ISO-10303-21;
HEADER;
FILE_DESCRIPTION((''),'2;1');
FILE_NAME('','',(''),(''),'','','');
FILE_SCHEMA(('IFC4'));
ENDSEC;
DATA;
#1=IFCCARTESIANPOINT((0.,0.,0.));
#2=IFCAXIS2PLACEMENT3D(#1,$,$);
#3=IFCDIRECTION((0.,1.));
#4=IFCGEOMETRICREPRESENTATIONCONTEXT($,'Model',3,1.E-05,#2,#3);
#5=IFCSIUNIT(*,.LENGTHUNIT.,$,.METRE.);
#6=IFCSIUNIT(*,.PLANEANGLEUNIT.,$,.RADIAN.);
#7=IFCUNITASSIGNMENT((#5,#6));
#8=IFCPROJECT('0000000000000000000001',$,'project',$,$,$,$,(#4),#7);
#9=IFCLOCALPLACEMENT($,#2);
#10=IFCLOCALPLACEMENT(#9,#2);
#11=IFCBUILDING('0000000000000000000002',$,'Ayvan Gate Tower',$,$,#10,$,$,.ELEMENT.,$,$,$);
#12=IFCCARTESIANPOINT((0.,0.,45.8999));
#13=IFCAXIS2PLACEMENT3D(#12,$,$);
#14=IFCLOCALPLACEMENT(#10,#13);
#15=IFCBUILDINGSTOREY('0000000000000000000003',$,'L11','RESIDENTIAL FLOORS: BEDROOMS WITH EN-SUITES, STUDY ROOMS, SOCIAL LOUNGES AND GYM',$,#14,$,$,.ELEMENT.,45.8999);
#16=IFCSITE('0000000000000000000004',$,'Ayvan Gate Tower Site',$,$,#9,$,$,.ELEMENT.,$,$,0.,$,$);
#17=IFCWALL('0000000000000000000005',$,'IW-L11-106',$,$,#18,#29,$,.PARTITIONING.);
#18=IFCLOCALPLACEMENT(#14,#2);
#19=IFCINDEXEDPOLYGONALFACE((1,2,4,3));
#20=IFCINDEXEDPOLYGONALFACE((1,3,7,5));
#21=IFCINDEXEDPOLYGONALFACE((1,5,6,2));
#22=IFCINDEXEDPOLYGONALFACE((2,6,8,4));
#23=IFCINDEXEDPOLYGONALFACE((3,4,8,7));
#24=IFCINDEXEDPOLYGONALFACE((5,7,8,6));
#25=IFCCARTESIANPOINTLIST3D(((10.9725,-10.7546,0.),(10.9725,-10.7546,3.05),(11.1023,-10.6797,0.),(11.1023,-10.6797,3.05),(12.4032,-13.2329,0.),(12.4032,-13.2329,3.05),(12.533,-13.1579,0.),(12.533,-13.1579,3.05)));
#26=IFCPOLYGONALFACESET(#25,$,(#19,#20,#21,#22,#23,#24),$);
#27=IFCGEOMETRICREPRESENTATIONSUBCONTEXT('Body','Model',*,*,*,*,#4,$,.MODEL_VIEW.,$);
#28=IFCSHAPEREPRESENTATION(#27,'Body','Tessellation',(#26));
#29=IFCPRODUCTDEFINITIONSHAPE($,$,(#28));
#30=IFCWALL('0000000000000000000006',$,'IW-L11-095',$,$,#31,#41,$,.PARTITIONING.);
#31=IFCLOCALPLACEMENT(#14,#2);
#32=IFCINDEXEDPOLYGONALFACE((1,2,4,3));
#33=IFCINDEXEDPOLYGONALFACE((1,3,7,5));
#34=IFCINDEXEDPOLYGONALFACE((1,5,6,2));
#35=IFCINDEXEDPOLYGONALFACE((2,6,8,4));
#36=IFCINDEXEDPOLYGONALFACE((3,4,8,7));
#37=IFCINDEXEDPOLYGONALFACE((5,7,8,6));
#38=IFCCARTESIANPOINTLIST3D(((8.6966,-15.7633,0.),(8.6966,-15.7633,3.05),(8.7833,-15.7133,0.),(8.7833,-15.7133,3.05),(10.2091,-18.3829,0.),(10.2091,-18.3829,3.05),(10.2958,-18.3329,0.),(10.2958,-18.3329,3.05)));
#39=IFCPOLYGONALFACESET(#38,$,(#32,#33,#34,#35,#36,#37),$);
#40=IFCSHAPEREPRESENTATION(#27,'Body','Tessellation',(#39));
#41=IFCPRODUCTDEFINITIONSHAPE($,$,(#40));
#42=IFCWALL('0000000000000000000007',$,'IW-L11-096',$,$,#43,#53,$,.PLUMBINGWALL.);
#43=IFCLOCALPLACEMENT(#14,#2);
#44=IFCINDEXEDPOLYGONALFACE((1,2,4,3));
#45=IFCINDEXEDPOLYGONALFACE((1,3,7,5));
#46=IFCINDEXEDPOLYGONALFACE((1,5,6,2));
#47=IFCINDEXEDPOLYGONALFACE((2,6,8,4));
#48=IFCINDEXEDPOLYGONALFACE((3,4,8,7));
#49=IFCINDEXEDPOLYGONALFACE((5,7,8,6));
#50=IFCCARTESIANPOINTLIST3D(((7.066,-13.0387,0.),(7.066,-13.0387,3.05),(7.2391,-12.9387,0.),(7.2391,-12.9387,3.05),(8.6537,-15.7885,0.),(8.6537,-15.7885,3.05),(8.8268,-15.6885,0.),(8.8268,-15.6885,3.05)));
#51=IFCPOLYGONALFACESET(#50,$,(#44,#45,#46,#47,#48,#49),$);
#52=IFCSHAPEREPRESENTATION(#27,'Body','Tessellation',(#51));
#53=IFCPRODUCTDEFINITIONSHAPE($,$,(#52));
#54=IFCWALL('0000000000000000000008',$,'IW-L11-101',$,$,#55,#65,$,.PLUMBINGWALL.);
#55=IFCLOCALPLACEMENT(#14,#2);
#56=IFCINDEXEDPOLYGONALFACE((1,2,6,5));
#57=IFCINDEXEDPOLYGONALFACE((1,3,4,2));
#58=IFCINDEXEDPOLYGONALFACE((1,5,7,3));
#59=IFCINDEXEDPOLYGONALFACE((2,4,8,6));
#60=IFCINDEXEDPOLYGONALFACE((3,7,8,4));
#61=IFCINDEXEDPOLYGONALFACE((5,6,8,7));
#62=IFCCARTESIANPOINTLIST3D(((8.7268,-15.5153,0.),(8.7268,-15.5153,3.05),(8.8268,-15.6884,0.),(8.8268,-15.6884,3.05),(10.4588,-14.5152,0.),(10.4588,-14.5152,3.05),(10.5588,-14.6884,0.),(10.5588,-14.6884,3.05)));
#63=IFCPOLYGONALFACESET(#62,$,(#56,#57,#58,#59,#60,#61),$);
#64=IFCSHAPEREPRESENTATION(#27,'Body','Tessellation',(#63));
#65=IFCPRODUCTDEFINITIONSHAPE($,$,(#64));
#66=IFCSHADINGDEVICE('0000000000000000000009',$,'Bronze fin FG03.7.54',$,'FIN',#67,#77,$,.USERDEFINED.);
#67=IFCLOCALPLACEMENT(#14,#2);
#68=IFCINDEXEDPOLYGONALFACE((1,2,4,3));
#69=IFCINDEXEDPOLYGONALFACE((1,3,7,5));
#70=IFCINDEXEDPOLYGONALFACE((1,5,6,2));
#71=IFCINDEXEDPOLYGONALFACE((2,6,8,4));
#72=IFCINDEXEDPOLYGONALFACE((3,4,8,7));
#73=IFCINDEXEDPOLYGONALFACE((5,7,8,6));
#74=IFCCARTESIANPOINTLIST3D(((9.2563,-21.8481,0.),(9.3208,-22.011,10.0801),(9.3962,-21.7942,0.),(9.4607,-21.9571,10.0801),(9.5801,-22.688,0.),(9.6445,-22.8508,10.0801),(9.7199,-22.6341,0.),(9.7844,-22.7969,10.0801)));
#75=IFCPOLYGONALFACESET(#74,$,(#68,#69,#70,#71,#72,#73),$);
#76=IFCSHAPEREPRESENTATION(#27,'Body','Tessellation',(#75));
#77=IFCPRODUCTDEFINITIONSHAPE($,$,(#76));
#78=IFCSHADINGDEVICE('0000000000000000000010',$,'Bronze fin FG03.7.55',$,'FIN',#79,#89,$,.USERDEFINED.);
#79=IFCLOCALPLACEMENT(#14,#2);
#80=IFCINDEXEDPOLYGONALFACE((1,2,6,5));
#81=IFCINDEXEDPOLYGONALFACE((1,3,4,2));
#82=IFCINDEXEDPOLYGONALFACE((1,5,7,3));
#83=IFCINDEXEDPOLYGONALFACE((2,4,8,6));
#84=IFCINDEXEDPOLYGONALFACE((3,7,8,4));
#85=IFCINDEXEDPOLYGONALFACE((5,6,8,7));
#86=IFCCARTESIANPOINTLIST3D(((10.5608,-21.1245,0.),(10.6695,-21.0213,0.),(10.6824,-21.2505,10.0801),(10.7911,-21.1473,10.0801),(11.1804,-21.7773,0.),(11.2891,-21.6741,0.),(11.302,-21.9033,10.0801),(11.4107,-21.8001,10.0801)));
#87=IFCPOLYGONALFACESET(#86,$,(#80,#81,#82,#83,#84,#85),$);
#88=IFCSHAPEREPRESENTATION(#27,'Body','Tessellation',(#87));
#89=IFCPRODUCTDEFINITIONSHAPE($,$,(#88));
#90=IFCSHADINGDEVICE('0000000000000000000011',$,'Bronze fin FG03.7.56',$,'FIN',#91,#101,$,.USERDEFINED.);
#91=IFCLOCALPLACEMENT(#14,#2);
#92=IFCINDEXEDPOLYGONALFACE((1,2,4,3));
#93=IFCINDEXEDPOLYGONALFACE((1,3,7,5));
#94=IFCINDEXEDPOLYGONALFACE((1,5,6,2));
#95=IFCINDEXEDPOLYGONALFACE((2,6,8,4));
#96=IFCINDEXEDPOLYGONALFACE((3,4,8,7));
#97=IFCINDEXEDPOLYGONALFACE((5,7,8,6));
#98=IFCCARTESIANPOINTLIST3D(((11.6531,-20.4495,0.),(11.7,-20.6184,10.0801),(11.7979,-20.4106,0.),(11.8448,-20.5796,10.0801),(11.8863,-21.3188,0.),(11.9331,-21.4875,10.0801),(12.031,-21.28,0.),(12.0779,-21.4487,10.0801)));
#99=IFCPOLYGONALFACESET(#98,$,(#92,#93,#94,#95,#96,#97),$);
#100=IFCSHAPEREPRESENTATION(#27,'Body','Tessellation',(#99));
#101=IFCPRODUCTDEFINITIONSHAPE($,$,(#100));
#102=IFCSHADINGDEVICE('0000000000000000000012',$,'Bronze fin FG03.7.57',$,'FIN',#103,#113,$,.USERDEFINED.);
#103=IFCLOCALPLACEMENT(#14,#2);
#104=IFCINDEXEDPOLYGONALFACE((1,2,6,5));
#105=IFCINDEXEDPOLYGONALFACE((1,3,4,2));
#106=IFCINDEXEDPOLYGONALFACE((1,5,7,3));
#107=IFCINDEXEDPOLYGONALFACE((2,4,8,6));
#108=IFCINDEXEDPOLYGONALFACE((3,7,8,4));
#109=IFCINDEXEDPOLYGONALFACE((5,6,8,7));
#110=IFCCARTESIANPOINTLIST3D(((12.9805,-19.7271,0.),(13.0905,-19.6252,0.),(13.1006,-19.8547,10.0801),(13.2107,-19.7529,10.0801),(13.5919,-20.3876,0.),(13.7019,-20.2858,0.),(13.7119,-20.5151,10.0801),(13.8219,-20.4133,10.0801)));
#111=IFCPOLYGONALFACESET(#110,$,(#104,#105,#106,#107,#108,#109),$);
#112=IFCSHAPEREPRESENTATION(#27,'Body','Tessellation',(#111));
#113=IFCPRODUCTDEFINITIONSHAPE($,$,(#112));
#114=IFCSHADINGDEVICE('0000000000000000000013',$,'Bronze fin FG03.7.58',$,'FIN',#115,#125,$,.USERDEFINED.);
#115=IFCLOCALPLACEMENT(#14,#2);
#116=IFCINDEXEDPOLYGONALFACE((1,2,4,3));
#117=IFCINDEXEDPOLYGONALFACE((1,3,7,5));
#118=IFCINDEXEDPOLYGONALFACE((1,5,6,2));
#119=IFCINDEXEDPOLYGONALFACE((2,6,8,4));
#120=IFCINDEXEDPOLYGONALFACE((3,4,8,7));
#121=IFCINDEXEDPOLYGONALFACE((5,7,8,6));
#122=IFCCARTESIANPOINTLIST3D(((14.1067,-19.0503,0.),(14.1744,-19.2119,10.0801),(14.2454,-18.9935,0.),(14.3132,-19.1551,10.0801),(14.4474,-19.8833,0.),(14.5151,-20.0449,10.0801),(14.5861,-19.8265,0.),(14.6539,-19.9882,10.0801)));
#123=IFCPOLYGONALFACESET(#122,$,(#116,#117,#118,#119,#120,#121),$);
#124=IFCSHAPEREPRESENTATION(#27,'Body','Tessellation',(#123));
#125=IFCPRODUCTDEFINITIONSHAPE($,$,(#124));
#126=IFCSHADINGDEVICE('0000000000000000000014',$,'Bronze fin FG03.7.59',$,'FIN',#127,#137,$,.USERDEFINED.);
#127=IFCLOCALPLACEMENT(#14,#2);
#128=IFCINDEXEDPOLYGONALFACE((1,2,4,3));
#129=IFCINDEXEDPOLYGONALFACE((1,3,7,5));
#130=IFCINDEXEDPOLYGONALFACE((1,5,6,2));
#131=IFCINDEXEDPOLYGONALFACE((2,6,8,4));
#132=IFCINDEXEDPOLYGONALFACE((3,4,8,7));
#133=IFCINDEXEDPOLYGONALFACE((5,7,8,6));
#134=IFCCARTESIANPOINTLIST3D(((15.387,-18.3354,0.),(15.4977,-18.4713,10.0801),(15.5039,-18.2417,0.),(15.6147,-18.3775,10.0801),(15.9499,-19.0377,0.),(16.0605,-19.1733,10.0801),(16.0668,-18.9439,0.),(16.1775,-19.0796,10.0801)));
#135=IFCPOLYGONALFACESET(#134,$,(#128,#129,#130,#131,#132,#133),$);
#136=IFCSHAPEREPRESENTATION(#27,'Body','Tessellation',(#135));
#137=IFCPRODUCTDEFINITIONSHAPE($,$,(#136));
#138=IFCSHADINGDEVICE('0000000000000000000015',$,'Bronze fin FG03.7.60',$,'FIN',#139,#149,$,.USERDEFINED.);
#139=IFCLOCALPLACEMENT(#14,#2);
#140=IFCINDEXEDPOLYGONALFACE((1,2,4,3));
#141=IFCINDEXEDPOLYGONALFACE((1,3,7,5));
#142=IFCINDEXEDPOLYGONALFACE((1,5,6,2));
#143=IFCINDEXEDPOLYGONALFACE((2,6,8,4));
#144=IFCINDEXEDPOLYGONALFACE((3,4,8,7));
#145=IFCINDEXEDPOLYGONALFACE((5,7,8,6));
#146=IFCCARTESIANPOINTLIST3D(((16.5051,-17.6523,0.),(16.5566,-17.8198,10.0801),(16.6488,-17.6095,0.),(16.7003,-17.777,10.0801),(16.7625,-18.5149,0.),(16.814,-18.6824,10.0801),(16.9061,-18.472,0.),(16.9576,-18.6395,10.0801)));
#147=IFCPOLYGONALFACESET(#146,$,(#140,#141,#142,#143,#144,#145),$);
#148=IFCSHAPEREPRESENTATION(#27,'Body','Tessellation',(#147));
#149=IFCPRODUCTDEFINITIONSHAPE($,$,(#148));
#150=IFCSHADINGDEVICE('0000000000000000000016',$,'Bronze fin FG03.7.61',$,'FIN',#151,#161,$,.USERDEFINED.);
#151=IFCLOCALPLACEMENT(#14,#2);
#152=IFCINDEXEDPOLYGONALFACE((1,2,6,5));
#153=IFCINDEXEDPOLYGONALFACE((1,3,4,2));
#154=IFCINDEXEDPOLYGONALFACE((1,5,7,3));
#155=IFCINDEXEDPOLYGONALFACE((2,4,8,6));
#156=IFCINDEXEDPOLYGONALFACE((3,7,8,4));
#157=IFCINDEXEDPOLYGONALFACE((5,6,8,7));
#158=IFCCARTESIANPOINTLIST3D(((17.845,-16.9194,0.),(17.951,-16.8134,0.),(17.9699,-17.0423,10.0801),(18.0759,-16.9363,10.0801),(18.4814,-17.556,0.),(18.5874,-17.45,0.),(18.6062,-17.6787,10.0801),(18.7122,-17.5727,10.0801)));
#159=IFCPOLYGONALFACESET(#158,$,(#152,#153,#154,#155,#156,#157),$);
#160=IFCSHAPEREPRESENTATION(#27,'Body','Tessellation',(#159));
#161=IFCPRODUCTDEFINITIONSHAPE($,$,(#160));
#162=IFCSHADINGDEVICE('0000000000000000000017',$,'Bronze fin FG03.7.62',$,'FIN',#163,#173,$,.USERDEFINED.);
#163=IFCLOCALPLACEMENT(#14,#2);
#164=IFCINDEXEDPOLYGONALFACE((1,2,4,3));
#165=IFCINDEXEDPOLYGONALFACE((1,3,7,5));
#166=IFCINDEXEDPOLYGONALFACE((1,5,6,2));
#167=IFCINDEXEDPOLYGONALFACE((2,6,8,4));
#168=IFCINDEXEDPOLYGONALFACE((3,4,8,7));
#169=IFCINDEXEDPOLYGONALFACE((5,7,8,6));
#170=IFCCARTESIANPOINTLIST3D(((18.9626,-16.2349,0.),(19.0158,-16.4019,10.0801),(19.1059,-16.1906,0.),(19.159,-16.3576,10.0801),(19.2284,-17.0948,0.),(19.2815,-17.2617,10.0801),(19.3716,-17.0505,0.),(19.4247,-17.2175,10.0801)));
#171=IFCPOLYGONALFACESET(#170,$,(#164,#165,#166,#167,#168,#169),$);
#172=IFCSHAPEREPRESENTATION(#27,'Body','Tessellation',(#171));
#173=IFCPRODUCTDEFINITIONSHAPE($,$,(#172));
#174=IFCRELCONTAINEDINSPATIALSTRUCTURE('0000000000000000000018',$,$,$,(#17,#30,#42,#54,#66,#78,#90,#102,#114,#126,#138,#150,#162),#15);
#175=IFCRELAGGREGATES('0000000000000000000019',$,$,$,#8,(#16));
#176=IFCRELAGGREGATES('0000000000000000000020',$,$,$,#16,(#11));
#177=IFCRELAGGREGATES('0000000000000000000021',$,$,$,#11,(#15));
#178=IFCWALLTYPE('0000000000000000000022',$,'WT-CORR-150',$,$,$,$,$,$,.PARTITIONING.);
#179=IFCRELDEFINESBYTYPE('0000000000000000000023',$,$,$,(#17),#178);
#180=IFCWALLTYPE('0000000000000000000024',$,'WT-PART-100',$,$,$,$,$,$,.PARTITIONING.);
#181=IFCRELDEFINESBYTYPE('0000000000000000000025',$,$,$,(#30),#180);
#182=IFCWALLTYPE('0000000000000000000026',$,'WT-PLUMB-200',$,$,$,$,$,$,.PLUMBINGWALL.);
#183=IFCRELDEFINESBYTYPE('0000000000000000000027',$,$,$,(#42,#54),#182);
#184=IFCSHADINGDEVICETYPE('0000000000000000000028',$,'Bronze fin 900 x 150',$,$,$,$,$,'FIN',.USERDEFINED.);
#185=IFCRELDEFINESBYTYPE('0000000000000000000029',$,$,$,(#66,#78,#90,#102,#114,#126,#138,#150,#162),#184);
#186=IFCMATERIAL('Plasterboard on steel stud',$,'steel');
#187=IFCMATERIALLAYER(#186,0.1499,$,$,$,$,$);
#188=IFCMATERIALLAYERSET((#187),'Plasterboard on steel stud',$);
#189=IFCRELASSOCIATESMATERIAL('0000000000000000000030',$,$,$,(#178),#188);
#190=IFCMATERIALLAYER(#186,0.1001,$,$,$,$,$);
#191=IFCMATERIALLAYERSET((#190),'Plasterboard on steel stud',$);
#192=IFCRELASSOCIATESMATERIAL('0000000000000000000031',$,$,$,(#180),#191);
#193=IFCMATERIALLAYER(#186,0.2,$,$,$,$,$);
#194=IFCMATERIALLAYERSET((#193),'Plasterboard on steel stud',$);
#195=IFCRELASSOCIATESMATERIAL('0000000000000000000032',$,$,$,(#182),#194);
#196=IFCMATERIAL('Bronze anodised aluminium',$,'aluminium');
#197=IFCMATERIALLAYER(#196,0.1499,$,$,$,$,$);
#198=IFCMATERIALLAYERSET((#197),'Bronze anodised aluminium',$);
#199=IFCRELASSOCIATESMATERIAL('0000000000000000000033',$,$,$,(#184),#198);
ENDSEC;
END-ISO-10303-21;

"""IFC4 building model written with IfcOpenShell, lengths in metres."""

from ifc_helpers import new_model, si_unit, direction, frame, frame_2d, origin, place, context, subcontext, project, spatial, polyline, rectangle, outline, extrude, material, layer, layer_set, type_object, element, save


model = new_model("IFC4")

# Units and contexts
model_context = context("Model", 3, precision=1e-05, world=origin(), true_north=direction((0.0, 1.0)))
body_context = subcontext(model_context, "Body", "Model", "MODEL_VIEW")
ifc_project = project(units=[si_unit("LENGTHUNIT", "METRE"), si_unit("PLANEANGLEUNIT", "RADIAN")], contexts=[model_context])

# Site, building, storey
site_placement = place(None, origin())
site = spatial("IfcSite", under=ifc_project, at=site_placement, Name="Ayvan Gate Tower Site", CompositionType="ELEMENT", RefElevation=0.0)
building_placement = place(site_placement, origin())
building = spatial("IfcBuilding", under=site, at=building_placement, Name="Ayvan Gate Tower", CompositionType="ELEMENT")
storey_placement = place(building_placement, frame((0.0, 0.0, 45.8999)))
storey = spatial("IfcBuildingStorey", under=building, at=storey_placement, Name="L11", Description="RESIDENTIAL FLOORS: BEDROOMS WITH EN-SUITES, STUDY ROOMS, SOCIAL LOUNGES AND GYM", CompositionType="ELEMENT", Elevation=45.8999)

# Shared definitions
ifc_material_1 = material(Name="Bronze anodised aluminium", Category="aluminium")

# Walls
ifc_material_2 = material(Name="Plasterboard on steel stud", Category="steel")
ifc_layer_1 = layer(ifc_material_2, 0.1499)
ifc_layer_set_1 = layer_set([ifc_layer_1], Name="Plasterboard on steel stud")
wall_type_1 = type_object("IfcWallType", Name="WT-CORR-150", PredefinedType="PARTITIONING", material=ifc_layer_set_1)
wall_1_placement = place(storey_placement, frame((12.468, -13.1953, 0.0), z_axis=(0.0, 0.0, 1.0), x_axis=(-0.499956, 0.866051, 0.0)))
element("IfcWall", 1, at=wall_1_placement, inside=storey, type_object=wall_type_1, Name="IW-L11-106", PredefinedType="PARTITIONING", context=body_context, shape_type="SweptSolid", body=[
    extrude(rectangle(XDim=2.8616, YDim=0.1499, at=frame_2d((1.4307, 0.0))), origin(), (0.0, 0.0, 1.0), 3.05),
])
ifc_layer_2 = layer(ifc_material_2, 0.1001)
ifc_layer_set_2 = layer_set([ifc_layer_2], Name="Plasterboard on steel stud")
wall_type_2 = type_object("IfcWallType", Name="WT-PART-100", PredefinedType="PARTITIONING", material=ifc_layer_set_2)
wall_2_placement = place(storey_placement, frame((8.74, -15.7383, 0.0), z_axis=(0.0, 0.0, 1.0), x_axis=(0.500002, -0.866024, 0.0)))
element("IfcWall", 2, at=wall_2_placement, inside=storey, type_object=wall_type_2, Name="IW-L11-095", PredefinedType="PARTITIONING", context=body_context, shape_type="SweptSolid", body=[
    extrude(rectangle(XDim=3.0249, YDim=0.1001, at=frame_2d((1.5125, 0.0))), origin(), (0.0, 0.0, 1.0), 3.05),
])
ifc_layer_3 = layer(ifc_material_2, 0.2)
ifc_layer_set_3 = layer_set([ifc_layer_3], Name="Plasterboard on steel stud")
wall_type_3 = type_object("IfcWallType", Name="WT-PLUMB-200", PredefinedType="PLUMBINGWALL", material=ifc_layer_set_3)
wall_3_placement = place(storey_placement, frame((8.7402, -15.7385, 0.0), z_axis=(0.0, 0.0, 1.0), x_axis=(-0.500018, 0.866015, 0.0)))
element("IfcWall", 3, at=wall_3_placement, inside=storey, type_object=wall_type_3, Name="IW-L11-096", PredefinedType="PLUMBINGWALL", context=body_context, shape_type="SweptSolid", body=[
    extrude(rectangle(XDim=3.1753, YDim=0.2, at=frame_2d((1.5876, 0.0))), origin(), (0.0, 0.0, 1.0), 3.05),
])
wall_4_placement = place(storey_placement, frame((10.5088, -14.6018, 0.0), z_axis=(0.0, 0.0, 1.0), x_axis=(-0.866011, -0.500025, 0.0)))
element("IfcWall", 4, at=wall_4_placement, inside=storey, type_object=wall_type_3, Name="IW-L11-101", PredefinedType="PLUMBINGWALL", context=body_context, shape_type="SweptSolid", body=[
    extrude(rectangle(XDim=2.0, YDim=0.2, at=frame_2d((1.0, 0.0))), origin(), (0.0, 0.0, 1.0), 3.05),
])

# Shading devices
ifc_layer_4 = layer(ifc_material_1, 0.1499)
ifc_layer_set_4 = layer_set([ifc_layer_4], Name="Bronze anodised aluminium")
shading_device_type = type_object("IfcShadingDeviceType", Name="Bronze fin 900 x 150", ElementType="FIN", PredefinedType="USERDEFINED", material=ifc_layer_set_4)
shading_device_1_placement = place(storey_placement, frame((9.2563, -21.8481, 0.0), z_axis=(-0.93308, -0.35967, 0.000156), x_axis=(0.35967, -0.93308, 0.0)))
element("IfcShadingDevice", 5, at=shading_device_1_placement, inside=storey, type_object=shading_device_type, Name="Bronze fin FG03.7.54", ObjectType="FIN", PredefinedType="USERDEFINED", context=body_context, shape_type="SweptSolid", body=[
    extrude(outline(polyline([(0.0, 0.0), (0.9001, 0.0), (1.0752, 10.0801), (0.1751, 10.0801), (0.0, 0.0)])), origin(), (0.0, 0.0, -1.0), 0.1499),
])
shading_device_2_placement = place(storey_placement, frame((10.5608, -21.1245, 0.0), z_axis=(-0.725311, -0.688421, 0.000145), x_axis=(0.688421, -0.725311, 0.0)))
element("IfcShadingDevice", 6, at=shading_device_2_placement, inside=storey, type_object=shading_device_type, Name="Bronze fin FG03.7.55", ObjectType="FIN", PredefinedType="USERDEFINED", context=body_context, shape_type="SweptSolid", body=[
    extrude(outline(polyline([(0.0, 0.0), (0.9001, 0.0), (1.0751, 10.0801), (0.1751, 10.0801), (0.0, 0.0)])), origin(), (0.0, 0.0, -1.0), 0.1499),
])
shading_device_3_placement = place(storey_placement, frame((11.6531, -20.4495, 0.0), z_axis=(-0.96586, -0.259064, 0.000153), x_axis=(0.259064, -0.96586, 0.0)))
element("IfcShadingDevice", 7, at=shading_device_3_placement, inside=storey, type_object=shading_device_type, Name="Bronze fin FG03.7.56", ObjectType="FIN", PredefinedType="USERDEFINED", context=body_context, shape_type="SweptSolid", body=[
    extrude(outline(polyline([(0.0, 0.0), (0.9001, 0.0), (1.0752, 10.0801), (0.1753, 10.0801), (0.0, 0.0)])), origin(), (0.0, 0.0, -1.0), 0.1499),
])
shading_device_4_placement = place(storey_placement, frame((12.9805, -19.7271, 0.0), z_axis=(-0.733908, -0.679248, 0.00015), x_axis=(0.679248, -0.733908, 0.0)))
element("IfcShadingDevice", 8, at=shading_device_4_placement, inside=storey, type_object=shading_device_type, Name="Bronze fin FG03.7.57", ObjectType="FIN", PredefinedType="USERDEFINED", context=body_context, shape_type="SweptSolid", body=[
    extrude(outline(polyline([(0.0, 0.0), (0.9001, 0.0), (1.0752, 10.0801), (0.1753, 10.0801), (0.0, 0.0)])), origin(), (0.0, 0.0, -1.0), 0.1499),
])
shading_device_5_placement = place(storey_placement, frame((14.1067, -19.0503, 0.0), z_axis=(-0.925577, -0.378559, 0.000151), x_axis=(0.378559, -0.925577, 0.0)))
element("IfcShadingDevice", 9, at=shading_device_5_placement, inside=storey, type_object=shading_device_type, Name="Bronze fin FG03.7.58", ObjectType="FIN", PredefinedType="USERDEFINED", context=body_context, shape_type="SweptSolid", body=[
    extrude(outline(polyline([(0.0, 0.0), (0.8999, 0.0), (1.0752, 10.0801), (0.1752, 10.0801), (0.0, 0.0)])), origin(), (0.0, 0.0, -1.0), 0.1499),
])
shading_device_6_placement = place(storey_placement, frame((15.387, -18.3354, 0.0), z_axis=(-0.780246, -0.625472, 0.000147), x_axis=(0.625472, -0.780246, 0.0)))
element("IfcShadingDevice", 10, at=shading_device_6_placement, inside=storey, type_object=shading_device_type, Name="Bronze fin FG03.7.59", ObjectType="FIN", PredefinedType="USERDEFINED", context=body_context, shape_type="SweptSolid", body=[
    extrude(outline(polyline([(0.0, 0.0), (0.9, 0.0), (1.0751, 10.0801), (0.1752, 10.0801), (0.0, 0.0)])), origin(), (0.0, 0.0, -1.0), 0.1499),
])
shading_device_7_placement = place(storey_placement, frame((16.5051, -17.6523, 0.0), z_axis=(-0.958266, -0.285879, 0.000147), x_axis=(0.285879, -0.958266, 0.0)))
element("IfcShadingDevice", 11, at=shading_device_7_placement, inside=storey, type_object=shading_device_type, Name="Bronze fin FG03.7.60", ObjectType="FIN", PredefinedType="USERDEFINED", context=body_context, shape_type="SweptSolid", body=[
    extrude(outline(polyline([(0.0, 0.0), (0.9001, 0.0), (1.0753, 10.0801), (0.1752, 10.0801), (0.0, 0.0)])), origin(), (0.0, 0.0, -1.0), 0.1499),
])
shading_device_8_placement = place(storey_placement, frame((17.845, -16.9194, 0.0), z_axis=(-0.707175, -0.707039, 0.000147), x_axis=(0.707039, -0.707175, 0.0)))
element("IfcShadingDevice", 12, at=shading_device_8_placement, inside=storey, type_object=shading_device_type, Name="Bronze fin FG03.7.61", ObjectType="FIN", PredefinedType="USERDEFINED", context=body_context, shape_type="SweptSolid", body=[
    extrude(outline(polyline([(0.0, 0.0), (0.9001, 0.0), (1.0752, 10.0801), (0.1752, 10.0801), (0.0, 0.0)])), origin(), (0.0, 0.0, -1.0), 0.1499),
])
shading_device_9_placement = place(storey_placement, frame((18.9626, -16.2349, 0.0), z_axis=(-0.955412, -0.295277, 0.000141), x_axis=(0.295277, -0.955412, 0.0)))
element("IfcShadingDevice", 13, at=shading_device_9_placement, inside=storey, type_object=shading_device_type, Name="Bronze fin FG03.7.62", ObjectType="FIN", PredefinedType="USERDEFINED", context=body_context, shape_type="SweptSolid", body=[
    extrude(outline(polyline([(0.0, 0.0), (0.9, 0.0), (1.0752, 10.0801), (0.1753, 10.0801), (0.0, 0.0)])), origin(), (0.0, 0.0, -1.0), 0.1499),
])

save(model, "model.ifc")
